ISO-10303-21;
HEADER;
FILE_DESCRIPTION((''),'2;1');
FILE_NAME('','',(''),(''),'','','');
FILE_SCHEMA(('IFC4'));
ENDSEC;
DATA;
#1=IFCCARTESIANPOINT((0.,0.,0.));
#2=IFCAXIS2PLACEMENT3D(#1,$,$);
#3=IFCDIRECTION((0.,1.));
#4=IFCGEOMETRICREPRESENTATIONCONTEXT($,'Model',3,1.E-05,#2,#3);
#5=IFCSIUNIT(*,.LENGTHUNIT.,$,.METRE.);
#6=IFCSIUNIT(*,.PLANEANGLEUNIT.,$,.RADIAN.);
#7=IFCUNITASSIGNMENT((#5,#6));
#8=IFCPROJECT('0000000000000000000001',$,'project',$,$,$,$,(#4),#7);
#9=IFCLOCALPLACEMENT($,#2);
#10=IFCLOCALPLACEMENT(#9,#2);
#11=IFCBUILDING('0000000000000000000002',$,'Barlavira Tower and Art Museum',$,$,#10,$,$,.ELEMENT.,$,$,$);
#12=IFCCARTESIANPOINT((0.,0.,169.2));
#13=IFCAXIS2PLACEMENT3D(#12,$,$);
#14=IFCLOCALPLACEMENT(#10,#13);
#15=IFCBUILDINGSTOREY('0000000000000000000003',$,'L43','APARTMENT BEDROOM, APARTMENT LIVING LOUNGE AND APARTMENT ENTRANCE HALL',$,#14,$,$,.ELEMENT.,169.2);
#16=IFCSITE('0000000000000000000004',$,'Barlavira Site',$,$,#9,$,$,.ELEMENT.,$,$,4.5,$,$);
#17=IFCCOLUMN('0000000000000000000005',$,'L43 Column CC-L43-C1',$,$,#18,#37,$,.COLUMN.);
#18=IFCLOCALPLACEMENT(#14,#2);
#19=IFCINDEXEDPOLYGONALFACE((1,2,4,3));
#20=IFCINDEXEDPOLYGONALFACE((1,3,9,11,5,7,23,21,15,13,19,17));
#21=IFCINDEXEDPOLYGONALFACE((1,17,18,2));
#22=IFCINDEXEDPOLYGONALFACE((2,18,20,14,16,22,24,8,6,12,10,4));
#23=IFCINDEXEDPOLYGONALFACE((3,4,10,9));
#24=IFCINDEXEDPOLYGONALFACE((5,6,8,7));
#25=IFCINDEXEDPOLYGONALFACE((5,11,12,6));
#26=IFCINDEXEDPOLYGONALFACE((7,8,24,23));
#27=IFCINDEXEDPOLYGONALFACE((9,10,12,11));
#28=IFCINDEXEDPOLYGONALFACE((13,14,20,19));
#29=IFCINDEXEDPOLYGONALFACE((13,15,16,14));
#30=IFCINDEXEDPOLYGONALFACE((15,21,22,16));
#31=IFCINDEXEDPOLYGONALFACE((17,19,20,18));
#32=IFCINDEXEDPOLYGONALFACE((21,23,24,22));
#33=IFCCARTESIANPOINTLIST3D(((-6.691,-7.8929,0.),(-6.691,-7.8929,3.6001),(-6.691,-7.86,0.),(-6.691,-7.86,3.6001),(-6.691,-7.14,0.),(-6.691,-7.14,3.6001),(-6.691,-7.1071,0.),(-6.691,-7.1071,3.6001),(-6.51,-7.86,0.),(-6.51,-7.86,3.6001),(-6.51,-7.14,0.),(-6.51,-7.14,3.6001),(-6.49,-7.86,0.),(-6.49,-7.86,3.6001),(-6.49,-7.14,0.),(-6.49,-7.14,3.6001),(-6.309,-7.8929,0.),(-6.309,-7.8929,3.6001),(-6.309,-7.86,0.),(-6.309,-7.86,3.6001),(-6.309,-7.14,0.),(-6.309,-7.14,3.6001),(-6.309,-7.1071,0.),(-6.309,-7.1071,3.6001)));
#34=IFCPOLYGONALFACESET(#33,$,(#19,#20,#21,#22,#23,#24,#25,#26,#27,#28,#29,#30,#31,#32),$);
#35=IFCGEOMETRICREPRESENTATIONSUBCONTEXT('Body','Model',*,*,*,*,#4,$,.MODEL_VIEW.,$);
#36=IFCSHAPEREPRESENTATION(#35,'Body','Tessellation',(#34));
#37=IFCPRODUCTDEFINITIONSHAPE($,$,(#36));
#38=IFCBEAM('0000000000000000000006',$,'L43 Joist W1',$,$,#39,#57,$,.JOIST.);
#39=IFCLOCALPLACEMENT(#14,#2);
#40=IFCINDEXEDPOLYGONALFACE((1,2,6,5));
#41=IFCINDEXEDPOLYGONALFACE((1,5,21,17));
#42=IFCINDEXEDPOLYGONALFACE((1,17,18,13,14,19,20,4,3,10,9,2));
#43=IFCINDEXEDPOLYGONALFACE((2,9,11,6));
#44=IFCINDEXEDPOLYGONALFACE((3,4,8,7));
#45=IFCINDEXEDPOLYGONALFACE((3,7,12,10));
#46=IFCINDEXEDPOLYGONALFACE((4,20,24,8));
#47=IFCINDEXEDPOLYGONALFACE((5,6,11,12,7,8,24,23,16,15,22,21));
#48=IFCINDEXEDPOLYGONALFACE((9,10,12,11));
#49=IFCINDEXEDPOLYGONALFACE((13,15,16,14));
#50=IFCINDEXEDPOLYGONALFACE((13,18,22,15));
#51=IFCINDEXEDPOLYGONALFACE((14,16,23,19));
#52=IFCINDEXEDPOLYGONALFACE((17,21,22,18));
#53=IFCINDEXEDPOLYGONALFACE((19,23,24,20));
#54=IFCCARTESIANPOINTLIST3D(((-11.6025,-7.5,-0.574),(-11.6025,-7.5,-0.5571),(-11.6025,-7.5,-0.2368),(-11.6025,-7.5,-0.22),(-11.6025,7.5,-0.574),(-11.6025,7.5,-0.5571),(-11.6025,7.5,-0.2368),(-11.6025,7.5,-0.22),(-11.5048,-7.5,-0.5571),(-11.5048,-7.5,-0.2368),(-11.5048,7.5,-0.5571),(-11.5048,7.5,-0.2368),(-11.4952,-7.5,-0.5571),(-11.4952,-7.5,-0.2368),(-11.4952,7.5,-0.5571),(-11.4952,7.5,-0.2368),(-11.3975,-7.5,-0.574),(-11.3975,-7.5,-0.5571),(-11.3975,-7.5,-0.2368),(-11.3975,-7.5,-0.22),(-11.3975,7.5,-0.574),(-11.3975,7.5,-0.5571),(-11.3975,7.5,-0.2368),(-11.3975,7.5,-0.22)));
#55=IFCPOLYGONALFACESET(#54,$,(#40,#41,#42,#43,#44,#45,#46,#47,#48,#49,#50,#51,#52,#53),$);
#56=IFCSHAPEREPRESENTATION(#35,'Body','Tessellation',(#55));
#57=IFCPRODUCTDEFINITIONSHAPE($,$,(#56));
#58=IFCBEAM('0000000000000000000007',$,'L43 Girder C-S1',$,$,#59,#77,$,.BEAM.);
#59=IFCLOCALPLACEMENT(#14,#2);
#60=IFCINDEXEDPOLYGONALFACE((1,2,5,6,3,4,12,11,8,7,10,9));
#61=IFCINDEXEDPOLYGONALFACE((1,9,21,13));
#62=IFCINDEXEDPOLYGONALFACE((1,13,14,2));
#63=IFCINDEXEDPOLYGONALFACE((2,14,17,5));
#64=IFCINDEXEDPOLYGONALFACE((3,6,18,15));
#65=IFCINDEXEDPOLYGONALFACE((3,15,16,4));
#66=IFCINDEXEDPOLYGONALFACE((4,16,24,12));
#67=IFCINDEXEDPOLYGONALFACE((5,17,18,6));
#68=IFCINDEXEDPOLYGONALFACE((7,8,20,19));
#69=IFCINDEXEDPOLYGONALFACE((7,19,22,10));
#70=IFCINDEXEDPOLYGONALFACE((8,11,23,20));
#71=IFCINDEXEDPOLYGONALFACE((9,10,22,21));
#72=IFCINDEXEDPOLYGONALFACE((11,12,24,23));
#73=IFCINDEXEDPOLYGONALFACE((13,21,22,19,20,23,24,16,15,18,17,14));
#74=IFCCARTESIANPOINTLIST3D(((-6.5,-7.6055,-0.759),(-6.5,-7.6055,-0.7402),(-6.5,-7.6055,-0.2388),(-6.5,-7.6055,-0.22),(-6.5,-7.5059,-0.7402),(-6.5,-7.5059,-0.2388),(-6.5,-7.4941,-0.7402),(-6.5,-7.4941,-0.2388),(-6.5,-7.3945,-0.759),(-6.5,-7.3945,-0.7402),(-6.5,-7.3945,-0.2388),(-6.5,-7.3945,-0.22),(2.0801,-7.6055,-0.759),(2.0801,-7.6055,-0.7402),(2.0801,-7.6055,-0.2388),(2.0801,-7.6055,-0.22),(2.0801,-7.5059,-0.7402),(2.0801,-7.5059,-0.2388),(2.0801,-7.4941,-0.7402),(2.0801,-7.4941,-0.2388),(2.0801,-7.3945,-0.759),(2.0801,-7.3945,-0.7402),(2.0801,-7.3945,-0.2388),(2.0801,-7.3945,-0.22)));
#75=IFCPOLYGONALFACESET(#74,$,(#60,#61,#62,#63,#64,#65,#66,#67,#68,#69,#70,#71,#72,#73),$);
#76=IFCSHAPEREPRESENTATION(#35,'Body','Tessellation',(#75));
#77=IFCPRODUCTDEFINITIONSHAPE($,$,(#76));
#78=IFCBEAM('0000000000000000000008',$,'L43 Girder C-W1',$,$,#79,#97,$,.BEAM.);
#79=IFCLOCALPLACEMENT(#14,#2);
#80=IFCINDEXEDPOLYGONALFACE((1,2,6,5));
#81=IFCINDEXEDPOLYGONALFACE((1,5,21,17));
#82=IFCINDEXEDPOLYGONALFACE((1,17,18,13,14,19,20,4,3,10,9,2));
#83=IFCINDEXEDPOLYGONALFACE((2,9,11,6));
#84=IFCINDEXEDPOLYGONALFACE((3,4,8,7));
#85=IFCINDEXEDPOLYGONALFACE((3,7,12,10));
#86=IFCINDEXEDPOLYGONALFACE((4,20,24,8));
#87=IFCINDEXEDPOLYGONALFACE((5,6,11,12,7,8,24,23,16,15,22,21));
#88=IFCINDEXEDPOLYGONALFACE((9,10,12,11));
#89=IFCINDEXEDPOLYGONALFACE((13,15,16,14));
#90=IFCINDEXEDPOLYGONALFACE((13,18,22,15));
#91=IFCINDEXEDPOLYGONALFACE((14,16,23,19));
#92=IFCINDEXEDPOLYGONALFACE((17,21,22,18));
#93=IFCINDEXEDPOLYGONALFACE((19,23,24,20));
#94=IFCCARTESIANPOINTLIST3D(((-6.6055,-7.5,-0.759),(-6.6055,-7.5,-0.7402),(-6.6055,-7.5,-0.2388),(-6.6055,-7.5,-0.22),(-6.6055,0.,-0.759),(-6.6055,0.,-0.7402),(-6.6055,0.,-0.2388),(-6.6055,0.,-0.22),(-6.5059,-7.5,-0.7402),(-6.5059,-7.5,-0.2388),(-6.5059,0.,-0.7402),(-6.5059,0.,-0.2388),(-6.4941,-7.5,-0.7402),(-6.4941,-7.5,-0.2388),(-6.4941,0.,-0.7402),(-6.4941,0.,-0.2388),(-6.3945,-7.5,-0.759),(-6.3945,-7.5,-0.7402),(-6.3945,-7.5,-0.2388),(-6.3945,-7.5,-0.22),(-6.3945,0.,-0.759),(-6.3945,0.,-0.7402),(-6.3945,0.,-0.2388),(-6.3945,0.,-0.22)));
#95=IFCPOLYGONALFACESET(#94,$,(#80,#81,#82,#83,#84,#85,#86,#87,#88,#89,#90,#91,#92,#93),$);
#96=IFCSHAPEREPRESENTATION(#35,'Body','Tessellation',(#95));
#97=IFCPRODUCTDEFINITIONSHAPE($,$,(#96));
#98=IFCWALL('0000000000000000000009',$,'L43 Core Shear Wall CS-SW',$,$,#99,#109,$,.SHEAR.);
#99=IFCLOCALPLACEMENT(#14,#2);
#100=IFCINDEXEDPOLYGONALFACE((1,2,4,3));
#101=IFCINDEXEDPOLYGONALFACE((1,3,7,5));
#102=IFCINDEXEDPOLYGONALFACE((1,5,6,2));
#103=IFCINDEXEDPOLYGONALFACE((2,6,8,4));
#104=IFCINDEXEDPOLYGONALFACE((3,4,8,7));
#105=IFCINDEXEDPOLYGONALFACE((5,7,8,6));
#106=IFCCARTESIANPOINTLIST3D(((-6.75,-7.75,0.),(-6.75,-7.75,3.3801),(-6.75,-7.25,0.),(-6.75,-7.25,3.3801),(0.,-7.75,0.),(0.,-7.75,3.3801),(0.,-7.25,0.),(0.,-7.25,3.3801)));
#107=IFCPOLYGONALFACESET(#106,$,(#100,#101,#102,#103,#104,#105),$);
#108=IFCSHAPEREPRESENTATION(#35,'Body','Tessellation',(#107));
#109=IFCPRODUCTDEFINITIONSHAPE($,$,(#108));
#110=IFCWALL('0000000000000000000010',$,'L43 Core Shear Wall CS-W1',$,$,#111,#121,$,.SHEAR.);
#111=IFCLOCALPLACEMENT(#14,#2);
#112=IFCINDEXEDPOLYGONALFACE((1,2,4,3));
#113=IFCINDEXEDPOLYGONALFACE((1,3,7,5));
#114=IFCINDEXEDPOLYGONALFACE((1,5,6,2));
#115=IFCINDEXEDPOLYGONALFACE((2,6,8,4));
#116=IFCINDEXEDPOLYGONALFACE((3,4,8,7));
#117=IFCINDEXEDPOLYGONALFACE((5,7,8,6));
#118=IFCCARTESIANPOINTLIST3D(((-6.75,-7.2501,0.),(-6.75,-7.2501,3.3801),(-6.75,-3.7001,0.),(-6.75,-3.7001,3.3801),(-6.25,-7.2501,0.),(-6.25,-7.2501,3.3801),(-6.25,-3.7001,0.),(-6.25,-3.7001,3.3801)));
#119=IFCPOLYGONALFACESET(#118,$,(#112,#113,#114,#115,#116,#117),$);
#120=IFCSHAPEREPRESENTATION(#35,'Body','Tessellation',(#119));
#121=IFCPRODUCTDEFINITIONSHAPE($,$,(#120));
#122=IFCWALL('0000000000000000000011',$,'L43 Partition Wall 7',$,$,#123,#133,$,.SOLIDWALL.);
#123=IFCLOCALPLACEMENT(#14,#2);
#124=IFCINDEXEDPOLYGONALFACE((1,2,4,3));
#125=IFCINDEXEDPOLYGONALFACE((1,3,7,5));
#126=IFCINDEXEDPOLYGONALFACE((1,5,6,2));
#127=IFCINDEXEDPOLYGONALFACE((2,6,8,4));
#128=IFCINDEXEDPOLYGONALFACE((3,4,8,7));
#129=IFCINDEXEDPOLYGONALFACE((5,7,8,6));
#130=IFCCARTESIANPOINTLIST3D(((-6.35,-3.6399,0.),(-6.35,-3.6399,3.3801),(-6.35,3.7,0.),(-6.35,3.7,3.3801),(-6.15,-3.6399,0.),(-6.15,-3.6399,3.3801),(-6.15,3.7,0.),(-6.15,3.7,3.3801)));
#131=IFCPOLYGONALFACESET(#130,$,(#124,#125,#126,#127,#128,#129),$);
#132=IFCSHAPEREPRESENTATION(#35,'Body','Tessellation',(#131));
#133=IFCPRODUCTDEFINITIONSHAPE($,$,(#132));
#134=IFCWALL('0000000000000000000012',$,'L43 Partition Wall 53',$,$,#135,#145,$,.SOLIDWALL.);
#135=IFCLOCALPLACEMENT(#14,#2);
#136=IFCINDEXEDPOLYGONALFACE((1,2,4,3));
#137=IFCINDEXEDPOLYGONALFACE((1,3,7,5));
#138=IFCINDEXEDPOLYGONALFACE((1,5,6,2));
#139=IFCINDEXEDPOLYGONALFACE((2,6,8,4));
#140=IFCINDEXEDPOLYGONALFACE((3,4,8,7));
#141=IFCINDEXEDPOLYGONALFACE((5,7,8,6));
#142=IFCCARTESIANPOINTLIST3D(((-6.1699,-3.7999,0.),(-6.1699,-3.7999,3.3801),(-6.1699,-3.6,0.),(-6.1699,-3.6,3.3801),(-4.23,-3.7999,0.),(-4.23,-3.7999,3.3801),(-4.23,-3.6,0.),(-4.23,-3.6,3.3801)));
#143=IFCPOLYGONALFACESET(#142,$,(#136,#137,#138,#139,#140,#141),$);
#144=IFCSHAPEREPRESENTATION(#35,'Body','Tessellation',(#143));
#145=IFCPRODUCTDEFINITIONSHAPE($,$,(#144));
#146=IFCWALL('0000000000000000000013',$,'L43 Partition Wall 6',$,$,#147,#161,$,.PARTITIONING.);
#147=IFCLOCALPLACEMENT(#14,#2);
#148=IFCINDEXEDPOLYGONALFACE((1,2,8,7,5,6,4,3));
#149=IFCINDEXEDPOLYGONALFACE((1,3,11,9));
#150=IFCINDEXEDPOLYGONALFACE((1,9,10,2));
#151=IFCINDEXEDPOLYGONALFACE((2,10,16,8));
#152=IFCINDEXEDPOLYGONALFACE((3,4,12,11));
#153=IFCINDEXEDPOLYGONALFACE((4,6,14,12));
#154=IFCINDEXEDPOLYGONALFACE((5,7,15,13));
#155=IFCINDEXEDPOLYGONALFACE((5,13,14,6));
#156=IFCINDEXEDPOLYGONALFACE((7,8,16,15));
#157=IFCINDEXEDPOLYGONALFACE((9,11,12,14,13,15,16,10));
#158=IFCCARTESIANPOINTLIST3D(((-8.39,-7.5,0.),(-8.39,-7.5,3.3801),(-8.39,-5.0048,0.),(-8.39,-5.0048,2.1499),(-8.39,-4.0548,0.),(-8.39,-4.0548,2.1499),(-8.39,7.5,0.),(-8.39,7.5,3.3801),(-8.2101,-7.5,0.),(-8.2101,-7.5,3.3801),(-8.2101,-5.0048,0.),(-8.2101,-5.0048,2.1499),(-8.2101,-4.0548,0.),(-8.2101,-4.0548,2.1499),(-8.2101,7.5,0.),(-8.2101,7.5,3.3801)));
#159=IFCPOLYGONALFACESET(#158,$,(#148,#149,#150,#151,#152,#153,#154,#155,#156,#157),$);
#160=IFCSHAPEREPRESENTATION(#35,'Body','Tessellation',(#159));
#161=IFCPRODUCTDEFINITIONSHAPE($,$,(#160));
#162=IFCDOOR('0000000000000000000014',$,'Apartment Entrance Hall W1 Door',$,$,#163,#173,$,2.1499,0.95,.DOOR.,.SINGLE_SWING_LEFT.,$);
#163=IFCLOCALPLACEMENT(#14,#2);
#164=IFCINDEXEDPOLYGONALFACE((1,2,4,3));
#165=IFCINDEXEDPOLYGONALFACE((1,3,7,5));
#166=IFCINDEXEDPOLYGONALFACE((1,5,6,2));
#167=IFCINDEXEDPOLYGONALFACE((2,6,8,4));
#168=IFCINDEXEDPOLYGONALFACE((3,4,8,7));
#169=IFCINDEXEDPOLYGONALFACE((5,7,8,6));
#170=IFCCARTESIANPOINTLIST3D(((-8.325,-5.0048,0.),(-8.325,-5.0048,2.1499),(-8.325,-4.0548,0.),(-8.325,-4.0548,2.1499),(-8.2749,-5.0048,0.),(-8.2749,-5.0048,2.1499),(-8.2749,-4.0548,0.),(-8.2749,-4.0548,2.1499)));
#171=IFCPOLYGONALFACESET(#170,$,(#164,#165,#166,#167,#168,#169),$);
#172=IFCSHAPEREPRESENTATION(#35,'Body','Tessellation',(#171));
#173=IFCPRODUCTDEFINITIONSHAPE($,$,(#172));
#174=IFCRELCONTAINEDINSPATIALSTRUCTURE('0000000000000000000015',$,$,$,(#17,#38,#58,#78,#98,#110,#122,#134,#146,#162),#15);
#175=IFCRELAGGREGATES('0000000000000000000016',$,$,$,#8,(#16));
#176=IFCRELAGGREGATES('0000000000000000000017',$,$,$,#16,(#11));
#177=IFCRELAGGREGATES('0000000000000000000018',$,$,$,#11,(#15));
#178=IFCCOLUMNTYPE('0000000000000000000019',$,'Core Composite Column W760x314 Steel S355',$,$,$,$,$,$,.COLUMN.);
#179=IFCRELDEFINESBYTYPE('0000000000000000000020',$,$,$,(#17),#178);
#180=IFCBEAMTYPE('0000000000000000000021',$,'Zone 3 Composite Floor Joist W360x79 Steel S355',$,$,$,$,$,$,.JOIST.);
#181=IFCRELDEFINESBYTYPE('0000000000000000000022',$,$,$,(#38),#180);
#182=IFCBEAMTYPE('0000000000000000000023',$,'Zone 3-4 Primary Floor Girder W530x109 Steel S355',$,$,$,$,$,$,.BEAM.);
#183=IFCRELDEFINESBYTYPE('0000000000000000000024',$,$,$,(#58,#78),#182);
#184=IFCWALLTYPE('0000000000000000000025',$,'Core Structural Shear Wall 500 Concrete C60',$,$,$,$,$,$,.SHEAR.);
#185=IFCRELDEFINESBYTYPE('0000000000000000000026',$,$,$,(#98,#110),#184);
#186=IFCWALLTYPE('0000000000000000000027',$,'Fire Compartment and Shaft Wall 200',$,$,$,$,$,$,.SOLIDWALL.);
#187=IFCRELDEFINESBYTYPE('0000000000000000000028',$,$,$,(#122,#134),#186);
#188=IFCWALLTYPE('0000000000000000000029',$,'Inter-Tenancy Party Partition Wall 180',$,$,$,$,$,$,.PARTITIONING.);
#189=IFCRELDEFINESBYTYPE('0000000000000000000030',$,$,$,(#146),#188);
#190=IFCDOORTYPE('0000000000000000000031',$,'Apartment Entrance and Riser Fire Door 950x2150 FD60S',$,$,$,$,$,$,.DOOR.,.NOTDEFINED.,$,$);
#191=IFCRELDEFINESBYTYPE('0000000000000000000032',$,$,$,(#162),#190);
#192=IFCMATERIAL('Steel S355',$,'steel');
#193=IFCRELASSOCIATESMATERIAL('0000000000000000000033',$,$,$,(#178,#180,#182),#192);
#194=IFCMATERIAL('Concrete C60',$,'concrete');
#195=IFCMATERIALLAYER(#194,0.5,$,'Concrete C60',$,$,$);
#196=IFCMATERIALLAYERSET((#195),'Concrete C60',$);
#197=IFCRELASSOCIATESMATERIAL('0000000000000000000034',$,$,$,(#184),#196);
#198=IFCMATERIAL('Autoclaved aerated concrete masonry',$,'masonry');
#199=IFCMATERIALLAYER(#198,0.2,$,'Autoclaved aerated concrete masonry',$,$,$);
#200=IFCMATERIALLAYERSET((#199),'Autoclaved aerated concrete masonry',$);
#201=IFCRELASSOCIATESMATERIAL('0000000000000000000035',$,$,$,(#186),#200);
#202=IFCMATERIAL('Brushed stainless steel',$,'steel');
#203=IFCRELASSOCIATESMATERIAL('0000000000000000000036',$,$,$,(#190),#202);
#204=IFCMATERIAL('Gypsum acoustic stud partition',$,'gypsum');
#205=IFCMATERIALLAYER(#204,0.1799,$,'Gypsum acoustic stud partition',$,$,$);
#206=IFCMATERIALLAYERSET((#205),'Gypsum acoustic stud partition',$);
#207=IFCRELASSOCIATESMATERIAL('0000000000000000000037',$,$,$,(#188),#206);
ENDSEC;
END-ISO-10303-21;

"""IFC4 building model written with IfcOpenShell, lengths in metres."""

from ifc_helpers import new_model, si_unit, direction, frame, frame_2d, origin, origin_2d, place, context, subcontext, project, spatial, rectangle, i_section, extrude, material, layer, layer_set, material_profile, profile_set, type_object, element, fill, save


model = new_model("IFC4")

# Units and contexts
model_context = context("Model", 3, precision=1e-05, world=origin(), true_north=direction((0.0, 1.0)))
body_context = subcontext(model_context, "Body", "Model", "MODEL_VIEW")
ifc_project = project(units=[si_unit("LENGTHUNIT", "METRE"), si_unit("PLANEANGLEUNIT", "RADIAN")], contexts=[model_context])

# Site, building, storey
site_placement = place(None, origin())
site = spatial("IfcSite", under=ifc_project, at=site_placement, Name="Barlavira Site", CompositionType="ELEMENT", RefElevation=4.5)
building_placement = place(site_placement, origin())
building = spatial("IfcBuilding", under=site, at=building_placement, Name="Barlavira Tower and Art Museum", CompositionType="ELEMENT")
storey_placement = place(building_placement, frame((0.0, 0.0, 169.2)))
storey = spatial("IfcBuildingStorey", under=building, at=storey_placement, Name="L43", Description="APARTMENT BEDROOM, APARTMENT LIVING LOUNGE AND APARTMENT ENTRANCE HALL", CompositionType="ELEMENT", Elevation=169.2)

# Column
ifc_material_1 = material(Name="Steel S355", Category="steel")
ifc_material_profile_1 = material_profile(ifc_material_1, i_section(OverallWidth=0.3821, OverallDepth=0.7859, WebThickness=0.02, FlangeThickness=0.033, at=origin_2d()), Name="W760x314.0")
ifc_profile_set_1 = profile_set([ifc_material_profile_1], Name="Steel S355")
column_type = type_object("IfcColumnType", Name="Core Composite Column W760x314 Steel S355", PredefinedType="COLUMN", material=ifc_profile_set_1)
column_placement = place(storey_placement, frame((-6.5, -7.5, 0.0), z_axis=(0.0, 0.0, 1.0), x_axis=(1.0, 0.0, 0.0)))
element("IfcColumn", 1, at=column_placement, inside=storey, type_object=column_type, Name="L43 Column CC-L43-C1", PredefinedType="COLUMN", context=body_context, shape_type="SweptSolid", body=[
    extrude(i_section(OverallWidth=0.3821, OverallDepth=0.7859, WebThickness=0.02, FlangeThickness=0.033, at=origin_2d()), origin(), (0.0, 0.0, 1.0), 3.6001),
])

# Beams
ifc_material_profile_2 = material_profile(ifc_material_1, i_section(OverallWidth=0.2051, OverallDepth=0.354, WebThickness=0.0095, FlangeThickness=0.0168, at=origin_2d()), Name="W360x79.0")
ifc_profile_set_2 = profile_set([ifc_material_profile_2], Name="Steel S355")
beam_type_1 = type_object("IfcBeamType", Name="Zone 3 Composite Floor Joist W360x79 Steel S355", PredefinedType="JOIST", material=ifc_profile_set_2)
beam_1_placement = place(storey_placement, frame((-11.5, -7.5, -0.397), z_axis=(0.0, 1.0, 0.0), x_axis=(-1.0, 0.0, 0.0)))
element("IfcBeam", 2, at=beam_1_placement, inside=storey, type_object=beam_type_1, Name="L43 Joist W1", PredefinedType="JOIST", context=body_context, shape_type="SweptSolid", body=[
    extrude(i_section(OverallWidth=0.2051, OverallDepth=0.354, WebThickness=0.0095, FlangeThickness=0.0168, at=origin_2d()), origin(), (0.0, 0.0, 1.0), 15.0),
])
ifc_material_profile_3 = material_profile(ifc_material_1, i_section(OverallWidth=0.2109, OverallDepth=0.5391, WebThickness=0.0117, FlangeThickness=0.0188, at=origin_2d()), Name="W530x109.0")
ifc_profile_set_3 = profile_set([ifc_material_profile_3], Name="Steel S355")
beam_type_2 = type_object("IfcBeamType", Name="Zone 3-4 Primary Floor Girder W530x109 Steel S355", PredefinedType="BEAM", material=ifc_profile_set_3)
beam_2_placement = place(storey_placement, frame((-6.5, -7.5, -0.4895), z_axis=(1.0, 0.0, 0.0), x_axis=(0.0, 1.0, 0.0)))
element("IfcBeam", 3, at=beam_2_placement, inside=storey, type_object=beam_type_2, Name="L43 Girder C-S1", PredefinedType="BEAM", context=body_context, shape_type="SweptSolid", body=[
    extrude(i_section(OverallWidth=0.2109, OverallDepth=0.5391, WebThickness=0.0117, FlangeThickness=0.0188, at=origin_2d()), origin(), (0.0, 0.0, 1.0), 8.5801),
])
beam_3_placement = place(storey_placement, frame((-6.5, -7.5, -0.4895), z_axis=(0.0, 1.0, 0.0), x_axis=(-1.0, 0.0, 0.0)))
element("IfcBeam", 4, at=beam_3_placement, inside=storey, type_object=beam_type_2, Name="L43 Girder C-W1", PredefinedType="BEAM", context=body_context, shape_type="SweptSolid", body=[
    extrude(i_section(OverallWidth=0.2109, OverallDepth=0.5391, WebThickness=0.0117, FlangeThickness=0.0188, at=origin_2d()), origin(), (0.0, 0.0, 1.0), 7.5),
])

# Walls
ifc_material_2 = material(Name="Concrete C60", Category="concrete")
ifc_layer_1 = layer(ifc_material_2, 0.5, Name="Concrete C60")
ifc_layer_set_1 = layer_set([ifc_layer_1], Name="Concrete C60")
wall_type_1 = type_object("IfcWallType", Name="Core Structural Shear Wall 500 Concrete C60", PredefinedType="SHEAR", material=ifc_layer_set_1)
wall_1_placement = place(storey_placement, frame((-6.75, -7.5, 0.0), z_axis=(0.0, 0.0, 1.0), x_axis=(1.0, 0.0, 0.0)))
element("IfcWall", 5, at=wall_1_placement, inside=storey, type_object=wall_type_1, Name="L43 Core Shear Wall CS-SW", PredefinedType="SHEAR", context=body_context, shape_type="SweptSolid", body=[
    extrude(rectangle(XDim=6.75, YDim=0.5, at=frame_2d((3.375, 0.0))), origin(), (0.0, 0.0, 1.0), 3.3801),
])
wall_2_placement = place(storey_placement, frame((-6.5, -7.25, 0.0), z_axis=(0.0, 0.0, 1.0), x_axis=(0.0, 1.0, 0.0)))
element("IfcWall", 6, at=wall_2_placement, inside=storey, type_object=wall_type_1, Name="L43 Core Shear Wall CS-W1", PredefinedType="SHEAR", context=body_context, shape_type="SweptSolid", body=[
    extrude(rectangle(XDim=3.55, YDim=0.5, at=frame_2d((1.7749, 0.0))), origin(), (0.0, 0.0, 1.0), 3.3801),
])
ifc_material_3 = material(Name="Autoclaved aerated concrete masonry", Category="masonry")
ifc_layer_2 = layer(ifc_material_3, 0.2, Name="Autoclaved aerated concrete masonry")
ifc_layer_set_2 = layer_set([ifc_layer_2], Name="Autoclaved aerated concrete masonry")
wall_type_2 = type_object("IfcWallType", Name="Fire Compartment and Shaft Wall 200", PredefinedType="SOLIDWALL", material=ifc_layer_set_2)
wall_3_placement = place(storey_placement, frame((-6.25, -3.6399, 0.0), z_axis=(0.0, 0.0, 1.0), x_axis=(0.0, 1.0, 0.0)))
element("IfcWall", 7, at=wall_3_placement, inside=storey, type_object=wall_type_2, Name="L43 Partition Wall 7", PredefinedType="SOLIDWALL", context=body_context, shape_type="SweptSolid", body=[
    extrude(rectangle(XDim=7.3398, YDim=0.2, at=frame_2d((3.6699, 0.0))), origin(), (0.0, 0.0, 1.0), 3.3801),
])

# Shared definitions
ifc_material_4 = material(Name="Brushed stainless steel", Category="steel")
door_type = type_object("IfcDoorType", Name="Apartment Entrance and Riser Fire Door 950x2150 FD60S", OperationType="NOTDEFINED", PredefinedType="DOOR", material=ifc_material_4)

# Wall
wall_4_placement = place(storey_placement, frame((-6.1699, -3.7, 0.0), z_axis=(0.0, 0.0, 1.0), x_axis=(1.0, 0.0, 0.0)))
element("IfcWall", 8, at=wall_4_placement, inside=storey, type_object=wall_type_2, Name="L43 Partition Wall 53", PredefinedType="SOLIDWALL", context=body_context, shape_type="SweptSolid", body=[
    extrude(rectangle(XDim=1.9399, YDim=0.2, at=frame_2d((0.97, 0.0))), origin(), (0.0, 0.0, 1.0), 3.3801),
])

# Wall, opening, door
ifc_material_5 = material(Name="Gypsum acoustic stud partition", Category="gypsum")
ifc_layer_3 = layer(ifc_material_5, 0.1799, Name="Gypsum acoustic stud partition")
ifc_layer_set_3 = layer_set([ifc_layer_3], Name="Gypsum acoustic stud partition")
wall_type_3 = type_object("IfcWallType", Name="Inter-Tenancy Party Partition Wall 180", PredefinedType="PARTITIONING", material=ifc_layer_set_3)
wall_5_placement = place(storey_placement, frame((-8.3, -7.5, 0.0), z_axis=(0.0, 0.0, 1.0), x_axis=(0.0, 1.0, 0.0)))
wall_5 = element("IfcWall", 9, at=wall_5_placement, inside=storey, type_object=wall_type_3, Name="L43 Partition Wall 6", PredefinedType="PARTITIONING", context=body_context, shape_type="SweptSolid", body=[
    extrude(rectangle(XDim=15.0, YDim=0.1799, at=frame_2d((7.5, 0.0))), origin(), (0.0, 0.0, 1.0), 3.3801),
])
opening_1_placement = place(wall_5_placement, frame((2.4951, 0.0, 0.0)))
opening_1 = element("IfcOpeningElement", 10, at=opening_1_placement, cuts=wall_5, PredefinedType="OPENING", context=body_context, shape_type="SweptSolid", body=[
    extrude(rectangle(XDim=0.95, YDim=2.1499, at=frame_2d((0.4751, 1.075))), frame((0.0, 0.1001, 0.0), z_axis=(0.0, -1.0, 0.0), x_axis=(1.0, 0.0, 0.0)), (0.0, 0.0, 1.0), 0.2),
])
door_1_placement = place(opening_1_placement, origin())
door_1 = element("IfcDoor", 11, at=door_1_placement, inside=storey, type_object=door_type, Name="Apartment Entrance Hall W1 Door", OperationType="SINGLE_SWING_LEFT", OverallHeight=2.1499, OverallWidth=0.95, PredefinedType="DOOR", context=body_context, shape_type="SweptSolid", body=[
    extrude(rectangle(XDim=0.95, YDim=2.1499, at=frame_2d((0.4751, 1.075))), frame((0.0, 0.0249, 0.0), z_axis=(0.0, -1.0, 0.0), x_axis=(1.0, 0.0, 0.0)), (0.0, 0.0, 1.0), 0.05),
])
fill(opening_1, door_1)

save(model, "model.ifc")
